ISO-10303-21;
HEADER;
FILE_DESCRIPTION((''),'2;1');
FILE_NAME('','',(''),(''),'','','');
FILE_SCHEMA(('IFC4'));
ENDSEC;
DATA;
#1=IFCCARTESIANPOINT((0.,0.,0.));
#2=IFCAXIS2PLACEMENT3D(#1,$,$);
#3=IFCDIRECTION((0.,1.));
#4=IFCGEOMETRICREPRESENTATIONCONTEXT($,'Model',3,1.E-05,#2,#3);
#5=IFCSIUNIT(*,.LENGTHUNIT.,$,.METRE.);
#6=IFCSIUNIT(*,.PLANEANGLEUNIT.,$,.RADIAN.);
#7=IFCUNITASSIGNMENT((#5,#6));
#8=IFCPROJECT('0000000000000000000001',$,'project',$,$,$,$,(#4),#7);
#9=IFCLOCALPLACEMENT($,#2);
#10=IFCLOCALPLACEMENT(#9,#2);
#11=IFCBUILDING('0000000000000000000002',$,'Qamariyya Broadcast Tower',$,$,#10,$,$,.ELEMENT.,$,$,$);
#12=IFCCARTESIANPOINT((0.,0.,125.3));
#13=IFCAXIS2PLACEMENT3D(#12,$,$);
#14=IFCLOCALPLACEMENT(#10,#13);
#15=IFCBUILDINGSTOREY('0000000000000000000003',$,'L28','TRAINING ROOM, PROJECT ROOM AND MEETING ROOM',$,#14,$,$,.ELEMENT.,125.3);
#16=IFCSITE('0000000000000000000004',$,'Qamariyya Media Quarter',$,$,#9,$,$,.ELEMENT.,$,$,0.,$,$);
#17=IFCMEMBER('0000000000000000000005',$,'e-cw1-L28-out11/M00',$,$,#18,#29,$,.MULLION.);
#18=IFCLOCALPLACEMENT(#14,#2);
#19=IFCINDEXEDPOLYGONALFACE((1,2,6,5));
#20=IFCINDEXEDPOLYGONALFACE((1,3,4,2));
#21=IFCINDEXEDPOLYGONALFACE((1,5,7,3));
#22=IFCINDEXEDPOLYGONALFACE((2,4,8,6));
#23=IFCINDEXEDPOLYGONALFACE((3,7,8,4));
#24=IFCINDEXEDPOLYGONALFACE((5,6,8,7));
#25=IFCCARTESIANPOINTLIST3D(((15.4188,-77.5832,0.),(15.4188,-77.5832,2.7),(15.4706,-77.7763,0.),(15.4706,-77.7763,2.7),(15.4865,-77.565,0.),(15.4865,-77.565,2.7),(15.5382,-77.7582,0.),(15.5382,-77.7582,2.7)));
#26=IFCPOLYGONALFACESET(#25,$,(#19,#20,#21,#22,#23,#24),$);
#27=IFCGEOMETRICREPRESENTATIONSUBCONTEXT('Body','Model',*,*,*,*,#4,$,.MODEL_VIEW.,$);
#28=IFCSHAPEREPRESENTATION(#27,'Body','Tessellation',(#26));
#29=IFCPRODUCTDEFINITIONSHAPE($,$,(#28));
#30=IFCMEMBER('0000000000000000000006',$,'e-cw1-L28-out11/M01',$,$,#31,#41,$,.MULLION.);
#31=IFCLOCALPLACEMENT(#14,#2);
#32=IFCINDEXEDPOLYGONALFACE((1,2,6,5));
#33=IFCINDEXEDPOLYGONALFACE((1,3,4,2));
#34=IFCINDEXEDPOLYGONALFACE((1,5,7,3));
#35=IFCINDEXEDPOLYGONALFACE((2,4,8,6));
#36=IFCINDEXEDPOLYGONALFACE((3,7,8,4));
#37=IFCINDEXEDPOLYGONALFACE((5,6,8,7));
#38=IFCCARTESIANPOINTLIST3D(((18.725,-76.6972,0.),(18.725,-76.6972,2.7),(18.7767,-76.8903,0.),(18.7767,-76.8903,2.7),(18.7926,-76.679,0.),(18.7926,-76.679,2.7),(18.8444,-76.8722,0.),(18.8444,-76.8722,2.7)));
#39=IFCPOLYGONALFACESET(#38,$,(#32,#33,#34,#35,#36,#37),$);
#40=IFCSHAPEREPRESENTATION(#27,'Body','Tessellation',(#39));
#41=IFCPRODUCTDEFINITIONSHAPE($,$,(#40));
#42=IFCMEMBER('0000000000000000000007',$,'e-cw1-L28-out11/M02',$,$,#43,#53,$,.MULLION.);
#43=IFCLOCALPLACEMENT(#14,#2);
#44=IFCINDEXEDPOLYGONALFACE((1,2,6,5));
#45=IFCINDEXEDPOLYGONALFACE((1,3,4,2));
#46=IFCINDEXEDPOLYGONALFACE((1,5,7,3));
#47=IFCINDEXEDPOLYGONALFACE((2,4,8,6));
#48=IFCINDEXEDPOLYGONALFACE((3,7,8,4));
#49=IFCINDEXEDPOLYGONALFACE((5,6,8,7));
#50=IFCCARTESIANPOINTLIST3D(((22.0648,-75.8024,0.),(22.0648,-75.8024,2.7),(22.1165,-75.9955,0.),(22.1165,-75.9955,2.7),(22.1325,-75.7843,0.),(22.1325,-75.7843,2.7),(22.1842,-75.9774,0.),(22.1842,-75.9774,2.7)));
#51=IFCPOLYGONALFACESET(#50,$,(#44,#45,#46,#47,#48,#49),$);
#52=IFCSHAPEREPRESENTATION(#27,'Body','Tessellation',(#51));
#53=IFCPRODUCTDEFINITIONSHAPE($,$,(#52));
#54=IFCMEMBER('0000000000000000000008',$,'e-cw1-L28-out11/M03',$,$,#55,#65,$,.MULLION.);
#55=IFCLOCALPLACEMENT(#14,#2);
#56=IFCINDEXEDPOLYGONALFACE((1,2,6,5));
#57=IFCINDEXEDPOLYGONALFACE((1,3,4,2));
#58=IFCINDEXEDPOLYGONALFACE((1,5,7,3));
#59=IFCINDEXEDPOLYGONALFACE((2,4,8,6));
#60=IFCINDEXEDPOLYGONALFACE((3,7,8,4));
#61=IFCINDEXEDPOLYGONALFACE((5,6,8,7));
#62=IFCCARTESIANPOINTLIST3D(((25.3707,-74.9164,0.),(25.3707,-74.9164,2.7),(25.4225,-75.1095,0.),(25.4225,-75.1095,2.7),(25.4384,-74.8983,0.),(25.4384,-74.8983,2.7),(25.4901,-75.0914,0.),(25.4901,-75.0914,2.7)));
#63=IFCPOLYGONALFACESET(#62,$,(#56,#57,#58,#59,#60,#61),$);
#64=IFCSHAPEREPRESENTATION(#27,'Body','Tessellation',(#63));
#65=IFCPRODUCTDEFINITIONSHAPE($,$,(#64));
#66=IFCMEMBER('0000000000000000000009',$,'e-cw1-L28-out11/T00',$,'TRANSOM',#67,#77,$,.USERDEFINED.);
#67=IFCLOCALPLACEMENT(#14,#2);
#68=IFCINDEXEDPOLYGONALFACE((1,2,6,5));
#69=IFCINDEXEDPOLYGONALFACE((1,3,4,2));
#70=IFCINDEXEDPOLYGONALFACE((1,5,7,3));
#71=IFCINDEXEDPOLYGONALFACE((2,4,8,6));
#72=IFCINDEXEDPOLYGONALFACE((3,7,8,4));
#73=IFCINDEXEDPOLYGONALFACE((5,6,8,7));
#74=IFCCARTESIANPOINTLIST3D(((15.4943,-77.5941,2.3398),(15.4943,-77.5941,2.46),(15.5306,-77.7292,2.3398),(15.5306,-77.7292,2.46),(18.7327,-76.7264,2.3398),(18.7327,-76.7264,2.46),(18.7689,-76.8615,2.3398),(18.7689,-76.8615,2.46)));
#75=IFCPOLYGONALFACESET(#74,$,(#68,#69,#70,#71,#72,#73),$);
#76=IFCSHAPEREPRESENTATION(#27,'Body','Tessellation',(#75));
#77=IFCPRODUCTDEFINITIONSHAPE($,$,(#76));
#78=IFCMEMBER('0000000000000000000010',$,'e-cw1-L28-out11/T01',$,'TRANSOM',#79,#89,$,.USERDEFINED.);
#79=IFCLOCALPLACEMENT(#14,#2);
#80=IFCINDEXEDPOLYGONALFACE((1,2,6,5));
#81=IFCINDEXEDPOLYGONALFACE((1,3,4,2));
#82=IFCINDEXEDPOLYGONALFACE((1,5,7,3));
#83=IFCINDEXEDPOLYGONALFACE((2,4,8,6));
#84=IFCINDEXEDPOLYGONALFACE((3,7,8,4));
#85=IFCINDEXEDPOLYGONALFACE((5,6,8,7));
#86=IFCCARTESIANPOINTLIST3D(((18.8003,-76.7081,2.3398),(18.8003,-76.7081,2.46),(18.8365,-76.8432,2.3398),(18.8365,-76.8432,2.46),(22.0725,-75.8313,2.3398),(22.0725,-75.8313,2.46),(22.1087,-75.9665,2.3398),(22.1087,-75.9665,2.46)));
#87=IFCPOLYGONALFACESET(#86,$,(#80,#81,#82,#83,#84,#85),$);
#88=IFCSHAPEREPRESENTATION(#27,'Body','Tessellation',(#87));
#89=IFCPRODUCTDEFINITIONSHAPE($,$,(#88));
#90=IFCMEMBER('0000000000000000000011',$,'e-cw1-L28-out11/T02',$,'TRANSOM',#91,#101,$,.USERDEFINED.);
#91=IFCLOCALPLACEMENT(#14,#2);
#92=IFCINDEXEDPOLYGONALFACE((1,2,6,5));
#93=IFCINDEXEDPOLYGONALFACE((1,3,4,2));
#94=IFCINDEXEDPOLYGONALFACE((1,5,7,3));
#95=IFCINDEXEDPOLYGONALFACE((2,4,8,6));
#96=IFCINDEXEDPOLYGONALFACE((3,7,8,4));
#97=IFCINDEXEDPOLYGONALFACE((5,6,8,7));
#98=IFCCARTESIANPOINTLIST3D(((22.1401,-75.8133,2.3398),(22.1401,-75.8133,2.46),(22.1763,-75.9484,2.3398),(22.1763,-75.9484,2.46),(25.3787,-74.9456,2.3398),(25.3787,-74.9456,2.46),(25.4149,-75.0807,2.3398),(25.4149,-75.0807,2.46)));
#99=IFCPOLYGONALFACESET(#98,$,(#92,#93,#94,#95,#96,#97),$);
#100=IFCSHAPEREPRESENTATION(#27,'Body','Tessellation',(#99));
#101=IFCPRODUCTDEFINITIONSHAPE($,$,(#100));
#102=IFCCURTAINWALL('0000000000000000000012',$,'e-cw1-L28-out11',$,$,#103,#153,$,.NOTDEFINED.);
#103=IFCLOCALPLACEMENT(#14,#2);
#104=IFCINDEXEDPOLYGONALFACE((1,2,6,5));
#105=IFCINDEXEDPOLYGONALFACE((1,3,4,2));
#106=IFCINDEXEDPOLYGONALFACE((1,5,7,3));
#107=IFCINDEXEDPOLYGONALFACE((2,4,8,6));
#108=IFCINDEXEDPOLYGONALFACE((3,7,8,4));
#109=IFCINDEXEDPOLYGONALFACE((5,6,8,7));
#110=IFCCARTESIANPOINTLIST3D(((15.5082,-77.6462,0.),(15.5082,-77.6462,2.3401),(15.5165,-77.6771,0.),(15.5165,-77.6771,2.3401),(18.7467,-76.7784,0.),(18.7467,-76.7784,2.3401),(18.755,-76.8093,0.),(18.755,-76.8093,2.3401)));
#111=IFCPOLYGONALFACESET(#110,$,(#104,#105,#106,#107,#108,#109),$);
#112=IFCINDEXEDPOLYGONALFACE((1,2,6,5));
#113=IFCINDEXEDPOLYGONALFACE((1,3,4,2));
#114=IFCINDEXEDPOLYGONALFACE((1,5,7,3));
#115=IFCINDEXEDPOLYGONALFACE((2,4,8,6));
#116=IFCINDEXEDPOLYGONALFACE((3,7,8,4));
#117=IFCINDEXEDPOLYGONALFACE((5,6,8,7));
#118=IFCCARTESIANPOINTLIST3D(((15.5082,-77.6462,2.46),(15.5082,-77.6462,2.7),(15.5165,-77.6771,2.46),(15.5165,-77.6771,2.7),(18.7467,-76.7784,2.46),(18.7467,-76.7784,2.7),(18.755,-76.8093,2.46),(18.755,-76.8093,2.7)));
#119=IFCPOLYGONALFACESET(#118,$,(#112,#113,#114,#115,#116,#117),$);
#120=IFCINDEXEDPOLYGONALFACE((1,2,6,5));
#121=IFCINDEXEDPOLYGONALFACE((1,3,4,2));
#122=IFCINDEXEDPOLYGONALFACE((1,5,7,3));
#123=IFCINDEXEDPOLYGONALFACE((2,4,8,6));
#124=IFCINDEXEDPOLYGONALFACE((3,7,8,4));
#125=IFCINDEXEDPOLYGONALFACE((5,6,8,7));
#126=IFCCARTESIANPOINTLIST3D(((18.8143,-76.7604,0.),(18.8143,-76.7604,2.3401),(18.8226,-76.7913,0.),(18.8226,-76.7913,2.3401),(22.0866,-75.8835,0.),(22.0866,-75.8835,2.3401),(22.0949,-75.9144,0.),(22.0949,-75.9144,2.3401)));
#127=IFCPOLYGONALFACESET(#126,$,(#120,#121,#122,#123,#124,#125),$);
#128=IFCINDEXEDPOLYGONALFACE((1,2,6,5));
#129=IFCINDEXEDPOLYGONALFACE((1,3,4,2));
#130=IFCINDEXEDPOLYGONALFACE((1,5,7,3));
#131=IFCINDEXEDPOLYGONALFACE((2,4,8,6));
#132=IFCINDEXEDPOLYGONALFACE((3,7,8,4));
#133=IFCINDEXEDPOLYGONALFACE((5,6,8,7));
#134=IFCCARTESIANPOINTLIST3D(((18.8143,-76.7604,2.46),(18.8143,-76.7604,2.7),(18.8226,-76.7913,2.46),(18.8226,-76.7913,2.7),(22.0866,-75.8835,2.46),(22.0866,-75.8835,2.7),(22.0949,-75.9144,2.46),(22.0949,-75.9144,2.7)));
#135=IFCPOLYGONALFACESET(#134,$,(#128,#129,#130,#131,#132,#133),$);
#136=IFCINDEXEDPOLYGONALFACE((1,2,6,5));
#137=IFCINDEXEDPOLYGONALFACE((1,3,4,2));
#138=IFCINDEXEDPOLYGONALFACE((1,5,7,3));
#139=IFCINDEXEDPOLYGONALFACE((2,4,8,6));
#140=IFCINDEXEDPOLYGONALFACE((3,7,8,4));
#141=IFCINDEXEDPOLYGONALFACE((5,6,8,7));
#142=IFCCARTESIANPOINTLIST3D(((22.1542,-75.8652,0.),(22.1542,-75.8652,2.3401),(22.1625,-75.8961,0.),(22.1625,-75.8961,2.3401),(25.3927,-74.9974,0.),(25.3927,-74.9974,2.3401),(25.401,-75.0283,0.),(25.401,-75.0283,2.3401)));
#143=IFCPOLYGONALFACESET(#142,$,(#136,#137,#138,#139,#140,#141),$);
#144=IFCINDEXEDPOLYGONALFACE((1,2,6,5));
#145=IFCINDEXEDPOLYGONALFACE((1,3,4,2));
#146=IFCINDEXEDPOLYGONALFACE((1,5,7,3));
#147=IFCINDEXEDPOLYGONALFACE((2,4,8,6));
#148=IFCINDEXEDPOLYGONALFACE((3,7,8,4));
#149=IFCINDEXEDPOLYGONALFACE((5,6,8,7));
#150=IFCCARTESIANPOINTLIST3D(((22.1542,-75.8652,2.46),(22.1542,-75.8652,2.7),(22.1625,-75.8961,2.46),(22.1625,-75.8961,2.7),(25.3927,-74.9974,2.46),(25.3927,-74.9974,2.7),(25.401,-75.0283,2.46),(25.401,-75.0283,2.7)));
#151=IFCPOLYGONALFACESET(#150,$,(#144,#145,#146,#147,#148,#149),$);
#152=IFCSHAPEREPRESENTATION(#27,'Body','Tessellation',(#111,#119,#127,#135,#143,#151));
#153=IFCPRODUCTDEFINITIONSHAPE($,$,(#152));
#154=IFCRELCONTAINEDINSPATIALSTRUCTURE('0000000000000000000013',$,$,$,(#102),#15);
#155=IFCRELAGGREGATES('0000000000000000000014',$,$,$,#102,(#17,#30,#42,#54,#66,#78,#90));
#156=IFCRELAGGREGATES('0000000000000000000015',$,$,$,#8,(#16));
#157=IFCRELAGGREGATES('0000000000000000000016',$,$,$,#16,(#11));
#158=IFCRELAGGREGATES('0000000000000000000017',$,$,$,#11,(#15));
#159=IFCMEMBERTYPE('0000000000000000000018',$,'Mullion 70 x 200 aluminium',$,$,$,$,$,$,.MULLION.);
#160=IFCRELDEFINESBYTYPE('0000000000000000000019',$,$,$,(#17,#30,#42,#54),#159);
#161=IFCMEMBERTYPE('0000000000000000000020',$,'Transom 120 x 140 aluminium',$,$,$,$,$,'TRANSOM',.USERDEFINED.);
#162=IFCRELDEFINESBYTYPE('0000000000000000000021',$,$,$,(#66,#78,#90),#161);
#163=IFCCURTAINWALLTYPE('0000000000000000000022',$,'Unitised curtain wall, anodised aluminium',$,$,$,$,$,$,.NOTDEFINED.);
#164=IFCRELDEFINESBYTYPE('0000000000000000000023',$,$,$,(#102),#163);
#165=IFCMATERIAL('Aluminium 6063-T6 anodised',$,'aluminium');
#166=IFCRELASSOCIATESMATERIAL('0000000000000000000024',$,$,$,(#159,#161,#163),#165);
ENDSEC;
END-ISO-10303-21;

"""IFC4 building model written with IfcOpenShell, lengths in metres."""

from ifc_helpers import new_model, si_unit, direction, frame, origin, origin_2d, place, context, subcontext, project, spatial, rectangle, extrude, material, material_profile, profile_set, type_object, element, aggregate, save


model = new_model("IFC4")

# Units and contexts
model_context = context("Model", 3, precision=1e-05, world=origin(), true_north=direction((0.0, 1.0)))
body_context = subcontext(model_context, "Body", "Model", "MODEL_VIEW")
ifc_project = project(units=[si_unit("LENGTHUNIT", "METRE"), si_unit("PLANEANGLEUNIT", "RADIAN")], contexts=[model_context])

# Members
ifc_material = material(Name="Aluminium 6063-T6 anodised", Category="aluminium")
ifc_material_profile_1 = material_profile(ifc_material, rectangle(XDim=0.2, YDim=0.0701, at=origin_2d()))
ifc_profile_set_1 = profile_set([ifc_material_profile_1], Name="Aluminium 6063-T6 anodised")
member_type_1 = type_object("IfcMemberType", Name="Mullion 70 x 200 aluminium", PredefinedType="MULLION", material=ifc_profile_set_1)
site_placement = place(None, origin())
building_placement = place(site_placement, origin())
storey_placement = place(building_placement, frame((0.0, 0.0, 125.3)))
member_1_placement = place(storey_placement, frame((15.4785, -77.6707, 0.0), z_axis=(0.0, 0.0, 1.0), x_axis=(-0.258819, 0.965926, 0.0)))
member_1 = element("IfcMember", 1, at=member_1_placement, type_object=member_type_1, Name="e-cw1-L28-out11/M00", PredefinedType="MULLION", context=body_context, shape_type="SweptSolid", body=[
    extrude(rectangle(XDim=0.2, YDim=0.0701, at=origin_2d()), origin(), (0.0, 0.0, 1.0), 2.7),
])
member_2_placement = place(storey_placement, frame((18.7847, -76.7847, 0.0), z_axis=(0.0, 0.0, 1.0), x_axis=(-0.258819, 0.965926, 0.0)))
member_2 = element("IfcMember", 2, at=member_2_placement, type_object=member_type_1, Name="e-cw1-L28-out11/M01", PredefinedType="MULLION", context=body_context, shape_type="SweptSolid", body=[
    extrude(rectangle(XDim=0.2, YDim=0.0701, at=origin_2d()), origin(), (0.0, 0.0, 1.0), 2.7),
])
member_3_placement = place(storey_placement, frame((22.1245, -75.8899, 0.0), z_axis=(0.0, 0.0, 1.0), x_axis=(-0.258819, 0.965926, 0.0)))
member_3 = element("IfcMember", 3, at=member_3_placement, type_object=member_type_1, Name="e-cw1-L28-out11/M02", PredefinedType="MULLION", context=body_context, shape_type="SweptSolid", body=[
    extrude(rectangle(XDim=0.2, YDim=0.0701, at=origin_2d()), origin(), (0.0, 0.0, 1.0), 2.7),
])
member_4_placement = place(storey_placement, frame((25.4304, -75.0039, 0.0), z_axis=(0.0, 0.0, 1.0), x_axis=(-0.258819, 0.965926, 0.0)))
member_4 = element("IfcMember", 4, at=member_4_placement, type_object=member_type_1, Name="e-cw1-L28-out11/M03", PredefinedType="MULLION", context=body_context, shape_type="SweptSolid", body=[
    extrude(rectangle(XDim=0.2, YDim=0.0701, at=origin_2d()), origin(), (0.0, 0.0, 1.0), 2.7),
])
ifc_material_profile_2 = material_profile(ifc_material, rectangle(XDim=0.1399, YDim=0.1201, at=origin_2d()))
ifc_profile_set_2 = profile_set([ifc_material_profile_2], Name="Aluminium 6063-T6 anodised")
member_type_2 = type_object("IfcMemberType", Name="Transom 120 x 140 aluminium", ElementType="TRANSOM", PredefinedType="USERDEFINED", material=ifc_profile_set_2)
member_5_placement = place(storey_placement, frame((15.5125, -77.6616, 2.3999), z_axis=(0.965927, 0.258814, 0.0), x_axis=(-0.258814, 0.965927, 0.0)))
member_5 = element("IfcMember", 5, at=member_5_placement, type_object=member_type_2, Name="e-cw1-L28-out11/T00", ObjectType="TRANSOM", PredefinedType="USERDEFINED", context=body_context, shape_type="SweptSolid", body=[
    extrude(rectangle(XDim=0.1399, YDim=0.1201, at=origin_2d()), origin(), (0.0, 0.0, 1.0), 3.3525),
])
member_6_placement = place(storey_placement, frame((18.8184, -76.7756, 2.3999), z_axis=(0.965932, 0.258797, 0.0), x_axis=(-0.258797, 0.965932, 0.0)))
member_6 = element("IfcMember", 6, at=member_6_placement, type_object=member_type_2, Name="e-cw1-L28-out11/T01", ObjectType="TRANSOM", PredefinedType="USERDEFINED", context=body_context, shape_type="SweptSolid", body=[
    extrude(rectangle(XDim=0.1399, YDim=0.1201, at=origin_2d()), origin(), (0.0, 0.0, 1.0), 3.3877),
])
member_7_placement = place(storey_placement, frame((22.1582, -75.8809, 2.3999), z_axis=(0.965932, 0.258796, 0.0), x_axis=(-0.258796, 0.965932, 0.0)))
member_7 = element("IfcMember", 7, at=member_7_placement, type_object=member_type_2, Name="e-cw1-L28-out11/T02", ObjectType="TRANSOM", PredefinedType="USERDEFINED", context=body_context, shape_type="SweptSolid", body=[
    extrude(rectangle(XDim=0.1399, YDim=0.1201, at=origin_2d()), origin(), (0.0, 0.0, 1.0), 3.3528),
])

# Site, building, storey
site = spatial("IfcSite", under=ifc_project, at=site_placement, Name="Qamariyya Media Quarter", CompositionType="ELEMENT", RefElevation=0.0)
building = spatial("IfcBuilding", under=site, at=building_placement, Name="Qamariyya Broadcast Tower", CompositionType="ELEMENT")
storey = spatial("IfcBuildingStorey", under=building, at=storey_placement, Name="L28", Description="TRAINING ROOM, PROJECT ROOM AND MEETING ROOM", CompositionType="ELEMENT", Elevation=125.3)

# Curtain wall
curtain_wall_type = type_object("IfcCurtainWallType", Name="Unitised curtain wall, anodised aluminium", PredefinedType="NOTDEFINED", material=ifc_material)
curtain_wall_1_placement = place(storey_placement, origin())
curtain_wall_1 = element("IfcCurtainWall", 8, at=curtain_wall_1_placement, inside=storey, type_object=curtain_wall_type, Name="e-cw1-L28-out11", PredefinedType="NOTDEFINED", context=body_context, shape_type="SweptSolid", body=[
    extrude(rectangle(XDim=3.3528, YDim=0.032, at=origin_2d()), frame((17.1316, -77.2278, 0.0), x_axis=(0.965924, 0.258827, 0.0)), (0.0, 0.0, 1.0), 2.3401),
    extrude(rectangle(XDim=3.3528, YDim=0.032, at=origin_2d()), frame((17.1316, -77.2278, 2.46), x_axis=(0.965924, 0.258827, 0.0)), (0.0, 0.0, 1.0), 0.24),
    extrude(rectangle(XDim=3.3877, YDim=0.032, at=origin_2d()), frame((20.4546, -76.3374, 0.0), x_axis=(0.965924, 0.258827, 0.0)), (0.0, 0.0, 1.0), 2.3401),
    extrude(rectangle(XDim=3.3877, YDim=0.032, at=origin_2d()), frame((20.4546, -76.3374, 2.46), x_axis=(0.965924, 0.258827, 0.0)), (0.0, 0.0, 1.0), 0.24),
    extrude(rectangle(XDim=3.3528, YDim=0.032, at=origin_2d()), frame((23.7776, -75.4468, 0.0), x_axis=(0.965924, 0.258827, 0.0)), (0.0, 0.0, 1.0), 2.3401),
    extrude(rectangle(XDim=3.3528, YDim=0.032, at=origin_2d()), frame((23.7776, -75.4468, 2.46), x_axis=(0.965924, 0.258827, 0.0)), (0.0, 0.0, 1.0), 0.24),
])
aggregate(curtain_wall_1, [member_1, member_2, member_3, member_4, member_5, member_6, member_7])

save(model, "model.ifc")
